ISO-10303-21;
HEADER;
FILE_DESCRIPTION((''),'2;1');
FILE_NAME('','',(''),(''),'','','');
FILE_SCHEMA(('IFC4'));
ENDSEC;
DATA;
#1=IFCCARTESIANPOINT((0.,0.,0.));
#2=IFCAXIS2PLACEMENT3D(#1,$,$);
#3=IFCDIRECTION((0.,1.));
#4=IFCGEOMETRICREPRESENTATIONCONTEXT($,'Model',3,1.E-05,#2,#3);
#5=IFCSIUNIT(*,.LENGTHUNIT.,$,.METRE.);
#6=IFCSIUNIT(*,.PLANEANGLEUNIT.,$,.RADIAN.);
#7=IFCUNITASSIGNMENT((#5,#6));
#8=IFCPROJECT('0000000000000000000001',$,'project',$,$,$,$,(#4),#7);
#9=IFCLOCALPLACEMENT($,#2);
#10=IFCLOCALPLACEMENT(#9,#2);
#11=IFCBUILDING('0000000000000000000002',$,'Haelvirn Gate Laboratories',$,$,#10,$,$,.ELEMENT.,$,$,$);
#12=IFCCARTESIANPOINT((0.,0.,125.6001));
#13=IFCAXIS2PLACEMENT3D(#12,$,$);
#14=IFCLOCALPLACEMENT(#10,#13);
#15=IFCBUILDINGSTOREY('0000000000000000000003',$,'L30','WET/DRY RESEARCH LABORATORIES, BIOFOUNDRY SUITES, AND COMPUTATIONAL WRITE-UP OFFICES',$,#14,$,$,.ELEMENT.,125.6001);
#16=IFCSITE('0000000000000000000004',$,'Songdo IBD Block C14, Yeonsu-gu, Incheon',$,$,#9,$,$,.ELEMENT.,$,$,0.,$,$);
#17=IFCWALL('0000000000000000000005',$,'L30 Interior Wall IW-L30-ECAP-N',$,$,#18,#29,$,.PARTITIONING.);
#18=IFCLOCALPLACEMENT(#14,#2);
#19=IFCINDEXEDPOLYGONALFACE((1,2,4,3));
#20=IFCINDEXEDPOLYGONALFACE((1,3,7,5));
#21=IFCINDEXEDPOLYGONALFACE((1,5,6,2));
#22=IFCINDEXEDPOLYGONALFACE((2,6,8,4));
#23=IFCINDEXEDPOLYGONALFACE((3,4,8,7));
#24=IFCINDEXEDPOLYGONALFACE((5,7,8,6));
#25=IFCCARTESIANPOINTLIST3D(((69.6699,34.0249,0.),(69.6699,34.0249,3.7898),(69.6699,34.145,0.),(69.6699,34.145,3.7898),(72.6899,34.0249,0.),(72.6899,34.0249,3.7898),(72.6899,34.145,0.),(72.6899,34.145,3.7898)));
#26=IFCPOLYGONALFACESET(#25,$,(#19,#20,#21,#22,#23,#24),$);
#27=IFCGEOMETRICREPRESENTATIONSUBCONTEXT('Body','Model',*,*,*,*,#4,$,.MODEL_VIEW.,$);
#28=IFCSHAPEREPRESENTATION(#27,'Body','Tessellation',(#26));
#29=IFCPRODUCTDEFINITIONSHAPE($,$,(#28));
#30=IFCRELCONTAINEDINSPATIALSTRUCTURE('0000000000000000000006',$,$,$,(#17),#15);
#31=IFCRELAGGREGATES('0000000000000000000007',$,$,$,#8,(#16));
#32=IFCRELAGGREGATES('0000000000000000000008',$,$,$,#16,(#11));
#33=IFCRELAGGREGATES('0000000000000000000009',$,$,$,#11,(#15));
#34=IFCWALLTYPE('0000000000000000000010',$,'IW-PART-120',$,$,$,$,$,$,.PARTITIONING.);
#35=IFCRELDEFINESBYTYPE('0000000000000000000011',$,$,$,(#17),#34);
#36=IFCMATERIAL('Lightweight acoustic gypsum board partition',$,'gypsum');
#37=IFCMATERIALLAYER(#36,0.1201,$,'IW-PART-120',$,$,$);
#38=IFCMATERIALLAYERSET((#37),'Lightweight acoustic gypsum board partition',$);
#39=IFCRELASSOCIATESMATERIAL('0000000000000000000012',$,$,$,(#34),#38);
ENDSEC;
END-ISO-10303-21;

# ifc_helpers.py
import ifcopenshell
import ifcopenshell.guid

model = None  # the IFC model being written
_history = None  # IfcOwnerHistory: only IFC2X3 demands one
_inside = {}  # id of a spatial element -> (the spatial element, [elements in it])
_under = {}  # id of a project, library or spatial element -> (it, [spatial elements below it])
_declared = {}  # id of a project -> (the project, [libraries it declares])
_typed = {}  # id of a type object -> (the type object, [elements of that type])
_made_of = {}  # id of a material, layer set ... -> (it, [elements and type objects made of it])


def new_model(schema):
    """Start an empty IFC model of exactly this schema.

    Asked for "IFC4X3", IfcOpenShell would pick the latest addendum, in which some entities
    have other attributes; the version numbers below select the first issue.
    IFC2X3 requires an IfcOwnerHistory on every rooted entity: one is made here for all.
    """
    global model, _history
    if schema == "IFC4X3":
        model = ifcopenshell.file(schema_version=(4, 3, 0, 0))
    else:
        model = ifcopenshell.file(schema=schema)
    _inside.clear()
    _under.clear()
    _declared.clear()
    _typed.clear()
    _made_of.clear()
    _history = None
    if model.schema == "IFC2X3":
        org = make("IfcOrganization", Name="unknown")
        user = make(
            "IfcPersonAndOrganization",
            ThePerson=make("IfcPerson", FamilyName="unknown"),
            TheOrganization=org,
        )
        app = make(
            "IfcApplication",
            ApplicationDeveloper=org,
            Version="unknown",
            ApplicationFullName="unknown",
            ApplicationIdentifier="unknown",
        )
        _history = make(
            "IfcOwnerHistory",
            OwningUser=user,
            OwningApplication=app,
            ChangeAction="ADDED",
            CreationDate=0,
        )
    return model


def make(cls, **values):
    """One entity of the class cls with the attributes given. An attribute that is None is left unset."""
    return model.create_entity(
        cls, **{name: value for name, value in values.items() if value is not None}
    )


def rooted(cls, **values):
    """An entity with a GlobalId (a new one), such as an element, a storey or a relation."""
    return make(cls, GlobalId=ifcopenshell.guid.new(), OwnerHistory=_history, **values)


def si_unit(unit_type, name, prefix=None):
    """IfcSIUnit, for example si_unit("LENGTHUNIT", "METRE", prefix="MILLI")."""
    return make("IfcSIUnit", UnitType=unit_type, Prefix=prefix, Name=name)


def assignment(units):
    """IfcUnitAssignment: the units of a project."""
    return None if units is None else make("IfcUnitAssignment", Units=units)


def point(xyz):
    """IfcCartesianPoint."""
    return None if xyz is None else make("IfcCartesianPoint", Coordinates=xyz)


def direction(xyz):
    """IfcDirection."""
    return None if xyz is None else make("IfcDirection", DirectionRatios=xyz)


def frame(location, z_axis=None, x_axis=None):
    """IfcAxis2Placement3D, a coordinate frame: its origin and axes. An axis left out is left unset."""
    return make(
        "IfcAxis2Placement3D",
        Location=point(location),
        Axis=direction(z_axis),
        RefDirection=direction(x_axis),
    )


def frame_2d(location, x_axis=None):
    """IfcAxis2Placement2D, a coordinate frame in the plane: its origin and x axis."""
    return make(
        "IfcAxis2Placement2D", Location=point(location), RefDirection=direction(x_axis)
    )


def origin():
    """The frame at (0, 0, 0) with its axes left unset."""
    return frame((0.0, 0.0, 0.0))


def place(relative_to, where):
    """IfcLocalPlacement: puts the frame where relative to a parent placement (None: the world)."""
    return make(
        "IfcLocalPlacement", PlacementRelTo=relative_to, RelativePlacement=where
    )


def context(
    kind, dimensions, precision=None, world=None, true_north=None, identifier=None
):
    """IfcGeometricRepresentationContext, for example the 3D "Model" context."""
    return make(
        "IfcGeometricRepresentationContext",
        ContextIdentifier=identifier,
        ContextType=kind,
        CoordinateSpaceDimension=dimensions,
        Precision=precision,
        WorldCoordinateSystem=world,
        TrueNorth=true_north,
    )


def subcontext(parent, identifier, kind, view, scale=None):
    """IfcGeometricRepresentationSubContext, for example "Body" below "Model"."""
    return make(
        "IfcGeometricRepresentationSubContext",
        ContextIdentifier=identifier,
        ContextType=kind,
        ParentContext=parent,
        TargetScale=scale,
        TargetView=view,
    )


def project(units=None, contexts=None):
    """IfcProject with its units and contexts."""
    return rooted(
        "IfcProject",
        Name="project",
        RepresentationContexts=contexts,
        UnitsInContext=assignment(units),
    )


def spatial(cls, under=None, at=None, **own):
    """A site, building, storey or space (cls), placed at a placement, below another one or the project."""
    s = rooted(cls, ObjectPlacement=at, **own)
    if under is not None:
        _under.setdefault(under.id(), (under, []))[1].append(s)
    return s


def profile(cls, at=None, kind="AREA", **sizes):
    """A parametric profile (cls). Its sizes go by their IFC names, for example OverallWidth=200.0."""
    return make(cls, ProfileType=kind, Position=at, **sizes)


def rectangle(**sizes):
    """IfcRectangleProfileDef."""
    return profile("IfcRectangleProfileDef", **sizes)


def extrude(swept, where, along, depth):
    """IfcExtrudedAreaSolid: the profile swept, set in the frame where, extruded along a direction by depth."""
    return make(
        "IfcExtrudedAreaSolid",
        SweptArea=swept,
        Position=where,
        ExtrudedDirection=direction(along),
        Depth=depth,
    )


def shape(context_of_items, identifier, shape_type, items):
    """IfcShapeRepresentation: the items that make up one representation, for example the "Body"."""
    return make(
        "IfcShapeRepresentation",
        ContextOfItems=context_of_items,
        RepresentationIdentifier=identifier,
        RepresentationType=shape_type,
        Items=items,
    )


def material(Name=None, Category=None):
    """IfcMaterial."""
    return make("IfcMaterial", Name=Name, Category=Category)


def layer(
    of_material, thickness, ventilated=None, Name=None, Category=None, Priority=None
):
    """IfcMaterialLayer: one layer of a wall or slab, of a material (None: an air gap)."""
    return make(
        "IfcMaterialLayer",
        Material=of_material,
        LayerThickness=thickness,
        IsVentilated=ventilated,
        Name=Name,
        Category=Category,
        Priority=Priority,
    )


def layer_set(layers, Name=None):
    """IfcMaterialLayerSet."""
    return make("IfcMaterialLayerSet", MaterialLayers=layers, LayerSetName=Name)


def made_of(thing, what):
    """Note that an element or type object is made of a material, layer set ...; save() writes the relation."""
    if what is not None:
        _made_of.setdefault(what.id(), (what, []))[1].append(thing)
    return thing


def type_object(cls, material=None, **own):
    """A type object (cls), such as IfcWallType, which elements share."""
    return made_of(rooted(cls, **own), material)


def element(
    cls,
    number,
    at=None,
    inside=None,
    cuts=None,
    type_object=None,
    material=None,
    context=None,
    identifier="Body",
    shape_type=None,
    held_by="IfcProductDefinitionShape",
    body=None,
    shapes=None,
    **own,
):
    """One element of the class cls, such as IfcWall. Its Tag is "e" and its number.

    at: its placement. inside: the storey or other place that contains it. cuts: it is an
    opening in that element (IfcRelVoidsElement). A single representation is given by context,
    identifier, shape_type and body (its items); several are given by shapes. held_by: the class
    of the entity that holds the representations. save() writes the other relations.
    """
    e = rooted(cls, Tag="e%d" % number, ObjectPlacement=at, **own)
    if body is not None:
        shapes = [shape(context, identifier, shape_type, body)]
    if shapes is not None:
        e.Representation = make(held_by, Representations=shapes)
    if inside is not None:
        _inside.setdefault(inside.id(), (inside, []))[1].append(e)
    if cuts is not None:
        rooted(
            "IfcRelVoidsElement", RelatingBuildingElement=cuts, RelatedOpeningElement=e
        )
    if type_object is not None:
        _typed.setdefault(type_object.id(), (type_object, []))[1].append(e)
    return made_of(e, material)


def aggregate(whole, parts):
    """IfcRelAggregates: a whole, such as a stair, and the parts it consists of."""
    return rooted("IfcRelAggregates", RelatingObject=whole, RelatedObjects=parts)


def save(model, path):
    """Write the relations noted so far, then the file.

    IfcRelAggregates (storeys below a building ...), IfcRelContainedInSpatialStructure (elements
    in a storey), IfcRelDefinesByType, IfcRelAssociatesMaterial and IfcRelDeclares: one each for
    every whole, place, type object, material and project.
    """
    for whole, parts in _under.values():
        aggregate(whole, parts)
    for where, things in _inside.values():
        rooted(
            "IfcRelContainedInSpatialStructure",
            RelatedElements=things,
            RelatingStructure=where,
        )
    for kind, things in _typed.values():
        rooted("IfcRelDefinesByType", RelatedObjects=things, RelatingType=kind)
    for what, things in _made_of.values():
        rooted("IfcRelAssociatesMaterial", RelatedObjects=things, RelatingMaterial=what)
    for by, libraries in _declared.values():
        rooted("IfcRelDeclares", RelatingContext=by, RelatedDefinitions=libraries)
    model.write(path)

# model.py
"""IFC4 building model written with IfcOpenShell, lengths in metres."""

from ifc_helpers import new_model, si_unit, direction, frame, frame_2d, origin, place, context, subcontext, project, spatial, rectangle, extrude, material, layer, layer_set, type_object, element, save


model = new_model("IFC4")

# Units and contexts
model_context = context("Model", 3, precision=1e-05, world=origin(), true_north=direction((0.0, 1.0)))
body_context = subcontext(model_context, "Body", "Model", "MODEL_VIEW")
ifc_project = project(units=[si_unit("LENGTHUNIT", "METRE"), si_unit("PLANEANGLEUNIT", "RADIAN")], contexts=[model_context])

# Site, building, storey
site_placement = place(None, origin())
site = spatial("IfcSite", under=ifc_project, at=site_placement, Name="Songdo IBD Block C14, Yeonsu-gu, Incheon", CompositionType="ELEMENT", RefElevation=0.0)
building_placement = place(site_placement, origin())
building = spatial("IfcBuilding", under=site, at=building_placement, Name="Haelvirn Gate Laboratories", CompositionType="ELEMENT")
storey_placement = place(building_placement, frame((0.0, 0.0, 125.6001)))
storey = spatial("IfcBuildingStorey", under=building, at=storey_placement, Name="L30", Description="WET/DRY RESEARCH LABORATORIES, BIOFOUNDRY SUITES, AND COMPUTATIONAL WRITE-UP OFFICES", CompositionType="ELEMENT", Elevation=125.6001)

# Wall
ifc_material_1 = material(Name="Lightweight acoustic gypsum board partition", Category="gypsum")
ifc_layer_1 = layer(ifc_material_1, 0.1201, Name="IW-PART-120")
ifc_layer_set_1 = layer_set([ifc_layer_1], Name="Lightweight acoustic gypsum board partition")
wall_type_1 = type_object("IfcWallType", Name="IW-PART-120", PredefinedType="PARTITIONING", material=ifc_layer_set_1)
wall_1_placement = place(storey_placement, frame((69.6699, 34.085, 0.0), z_axis=(0.0, 0.0, 1.0), x_axis=(1.0, 0.0, 0.0)))
element("IfcWall", 1, at=wall_1_placement, inside=storey, type_object=wall_type_1, Name="L30 Interior Wall IW-L30-ECAP-N", PredefinedType="PARTITIONING", context=body_context, shape_type="SweptSolid", body=[
    extrude(rectangle(XDim=3.02, YDim=0.1201, at=frame_2d((1.51, 0.0))), origin(), (0.0, 0.0, 1.0), 3.7898),
])

save(model, "model.ifc")
